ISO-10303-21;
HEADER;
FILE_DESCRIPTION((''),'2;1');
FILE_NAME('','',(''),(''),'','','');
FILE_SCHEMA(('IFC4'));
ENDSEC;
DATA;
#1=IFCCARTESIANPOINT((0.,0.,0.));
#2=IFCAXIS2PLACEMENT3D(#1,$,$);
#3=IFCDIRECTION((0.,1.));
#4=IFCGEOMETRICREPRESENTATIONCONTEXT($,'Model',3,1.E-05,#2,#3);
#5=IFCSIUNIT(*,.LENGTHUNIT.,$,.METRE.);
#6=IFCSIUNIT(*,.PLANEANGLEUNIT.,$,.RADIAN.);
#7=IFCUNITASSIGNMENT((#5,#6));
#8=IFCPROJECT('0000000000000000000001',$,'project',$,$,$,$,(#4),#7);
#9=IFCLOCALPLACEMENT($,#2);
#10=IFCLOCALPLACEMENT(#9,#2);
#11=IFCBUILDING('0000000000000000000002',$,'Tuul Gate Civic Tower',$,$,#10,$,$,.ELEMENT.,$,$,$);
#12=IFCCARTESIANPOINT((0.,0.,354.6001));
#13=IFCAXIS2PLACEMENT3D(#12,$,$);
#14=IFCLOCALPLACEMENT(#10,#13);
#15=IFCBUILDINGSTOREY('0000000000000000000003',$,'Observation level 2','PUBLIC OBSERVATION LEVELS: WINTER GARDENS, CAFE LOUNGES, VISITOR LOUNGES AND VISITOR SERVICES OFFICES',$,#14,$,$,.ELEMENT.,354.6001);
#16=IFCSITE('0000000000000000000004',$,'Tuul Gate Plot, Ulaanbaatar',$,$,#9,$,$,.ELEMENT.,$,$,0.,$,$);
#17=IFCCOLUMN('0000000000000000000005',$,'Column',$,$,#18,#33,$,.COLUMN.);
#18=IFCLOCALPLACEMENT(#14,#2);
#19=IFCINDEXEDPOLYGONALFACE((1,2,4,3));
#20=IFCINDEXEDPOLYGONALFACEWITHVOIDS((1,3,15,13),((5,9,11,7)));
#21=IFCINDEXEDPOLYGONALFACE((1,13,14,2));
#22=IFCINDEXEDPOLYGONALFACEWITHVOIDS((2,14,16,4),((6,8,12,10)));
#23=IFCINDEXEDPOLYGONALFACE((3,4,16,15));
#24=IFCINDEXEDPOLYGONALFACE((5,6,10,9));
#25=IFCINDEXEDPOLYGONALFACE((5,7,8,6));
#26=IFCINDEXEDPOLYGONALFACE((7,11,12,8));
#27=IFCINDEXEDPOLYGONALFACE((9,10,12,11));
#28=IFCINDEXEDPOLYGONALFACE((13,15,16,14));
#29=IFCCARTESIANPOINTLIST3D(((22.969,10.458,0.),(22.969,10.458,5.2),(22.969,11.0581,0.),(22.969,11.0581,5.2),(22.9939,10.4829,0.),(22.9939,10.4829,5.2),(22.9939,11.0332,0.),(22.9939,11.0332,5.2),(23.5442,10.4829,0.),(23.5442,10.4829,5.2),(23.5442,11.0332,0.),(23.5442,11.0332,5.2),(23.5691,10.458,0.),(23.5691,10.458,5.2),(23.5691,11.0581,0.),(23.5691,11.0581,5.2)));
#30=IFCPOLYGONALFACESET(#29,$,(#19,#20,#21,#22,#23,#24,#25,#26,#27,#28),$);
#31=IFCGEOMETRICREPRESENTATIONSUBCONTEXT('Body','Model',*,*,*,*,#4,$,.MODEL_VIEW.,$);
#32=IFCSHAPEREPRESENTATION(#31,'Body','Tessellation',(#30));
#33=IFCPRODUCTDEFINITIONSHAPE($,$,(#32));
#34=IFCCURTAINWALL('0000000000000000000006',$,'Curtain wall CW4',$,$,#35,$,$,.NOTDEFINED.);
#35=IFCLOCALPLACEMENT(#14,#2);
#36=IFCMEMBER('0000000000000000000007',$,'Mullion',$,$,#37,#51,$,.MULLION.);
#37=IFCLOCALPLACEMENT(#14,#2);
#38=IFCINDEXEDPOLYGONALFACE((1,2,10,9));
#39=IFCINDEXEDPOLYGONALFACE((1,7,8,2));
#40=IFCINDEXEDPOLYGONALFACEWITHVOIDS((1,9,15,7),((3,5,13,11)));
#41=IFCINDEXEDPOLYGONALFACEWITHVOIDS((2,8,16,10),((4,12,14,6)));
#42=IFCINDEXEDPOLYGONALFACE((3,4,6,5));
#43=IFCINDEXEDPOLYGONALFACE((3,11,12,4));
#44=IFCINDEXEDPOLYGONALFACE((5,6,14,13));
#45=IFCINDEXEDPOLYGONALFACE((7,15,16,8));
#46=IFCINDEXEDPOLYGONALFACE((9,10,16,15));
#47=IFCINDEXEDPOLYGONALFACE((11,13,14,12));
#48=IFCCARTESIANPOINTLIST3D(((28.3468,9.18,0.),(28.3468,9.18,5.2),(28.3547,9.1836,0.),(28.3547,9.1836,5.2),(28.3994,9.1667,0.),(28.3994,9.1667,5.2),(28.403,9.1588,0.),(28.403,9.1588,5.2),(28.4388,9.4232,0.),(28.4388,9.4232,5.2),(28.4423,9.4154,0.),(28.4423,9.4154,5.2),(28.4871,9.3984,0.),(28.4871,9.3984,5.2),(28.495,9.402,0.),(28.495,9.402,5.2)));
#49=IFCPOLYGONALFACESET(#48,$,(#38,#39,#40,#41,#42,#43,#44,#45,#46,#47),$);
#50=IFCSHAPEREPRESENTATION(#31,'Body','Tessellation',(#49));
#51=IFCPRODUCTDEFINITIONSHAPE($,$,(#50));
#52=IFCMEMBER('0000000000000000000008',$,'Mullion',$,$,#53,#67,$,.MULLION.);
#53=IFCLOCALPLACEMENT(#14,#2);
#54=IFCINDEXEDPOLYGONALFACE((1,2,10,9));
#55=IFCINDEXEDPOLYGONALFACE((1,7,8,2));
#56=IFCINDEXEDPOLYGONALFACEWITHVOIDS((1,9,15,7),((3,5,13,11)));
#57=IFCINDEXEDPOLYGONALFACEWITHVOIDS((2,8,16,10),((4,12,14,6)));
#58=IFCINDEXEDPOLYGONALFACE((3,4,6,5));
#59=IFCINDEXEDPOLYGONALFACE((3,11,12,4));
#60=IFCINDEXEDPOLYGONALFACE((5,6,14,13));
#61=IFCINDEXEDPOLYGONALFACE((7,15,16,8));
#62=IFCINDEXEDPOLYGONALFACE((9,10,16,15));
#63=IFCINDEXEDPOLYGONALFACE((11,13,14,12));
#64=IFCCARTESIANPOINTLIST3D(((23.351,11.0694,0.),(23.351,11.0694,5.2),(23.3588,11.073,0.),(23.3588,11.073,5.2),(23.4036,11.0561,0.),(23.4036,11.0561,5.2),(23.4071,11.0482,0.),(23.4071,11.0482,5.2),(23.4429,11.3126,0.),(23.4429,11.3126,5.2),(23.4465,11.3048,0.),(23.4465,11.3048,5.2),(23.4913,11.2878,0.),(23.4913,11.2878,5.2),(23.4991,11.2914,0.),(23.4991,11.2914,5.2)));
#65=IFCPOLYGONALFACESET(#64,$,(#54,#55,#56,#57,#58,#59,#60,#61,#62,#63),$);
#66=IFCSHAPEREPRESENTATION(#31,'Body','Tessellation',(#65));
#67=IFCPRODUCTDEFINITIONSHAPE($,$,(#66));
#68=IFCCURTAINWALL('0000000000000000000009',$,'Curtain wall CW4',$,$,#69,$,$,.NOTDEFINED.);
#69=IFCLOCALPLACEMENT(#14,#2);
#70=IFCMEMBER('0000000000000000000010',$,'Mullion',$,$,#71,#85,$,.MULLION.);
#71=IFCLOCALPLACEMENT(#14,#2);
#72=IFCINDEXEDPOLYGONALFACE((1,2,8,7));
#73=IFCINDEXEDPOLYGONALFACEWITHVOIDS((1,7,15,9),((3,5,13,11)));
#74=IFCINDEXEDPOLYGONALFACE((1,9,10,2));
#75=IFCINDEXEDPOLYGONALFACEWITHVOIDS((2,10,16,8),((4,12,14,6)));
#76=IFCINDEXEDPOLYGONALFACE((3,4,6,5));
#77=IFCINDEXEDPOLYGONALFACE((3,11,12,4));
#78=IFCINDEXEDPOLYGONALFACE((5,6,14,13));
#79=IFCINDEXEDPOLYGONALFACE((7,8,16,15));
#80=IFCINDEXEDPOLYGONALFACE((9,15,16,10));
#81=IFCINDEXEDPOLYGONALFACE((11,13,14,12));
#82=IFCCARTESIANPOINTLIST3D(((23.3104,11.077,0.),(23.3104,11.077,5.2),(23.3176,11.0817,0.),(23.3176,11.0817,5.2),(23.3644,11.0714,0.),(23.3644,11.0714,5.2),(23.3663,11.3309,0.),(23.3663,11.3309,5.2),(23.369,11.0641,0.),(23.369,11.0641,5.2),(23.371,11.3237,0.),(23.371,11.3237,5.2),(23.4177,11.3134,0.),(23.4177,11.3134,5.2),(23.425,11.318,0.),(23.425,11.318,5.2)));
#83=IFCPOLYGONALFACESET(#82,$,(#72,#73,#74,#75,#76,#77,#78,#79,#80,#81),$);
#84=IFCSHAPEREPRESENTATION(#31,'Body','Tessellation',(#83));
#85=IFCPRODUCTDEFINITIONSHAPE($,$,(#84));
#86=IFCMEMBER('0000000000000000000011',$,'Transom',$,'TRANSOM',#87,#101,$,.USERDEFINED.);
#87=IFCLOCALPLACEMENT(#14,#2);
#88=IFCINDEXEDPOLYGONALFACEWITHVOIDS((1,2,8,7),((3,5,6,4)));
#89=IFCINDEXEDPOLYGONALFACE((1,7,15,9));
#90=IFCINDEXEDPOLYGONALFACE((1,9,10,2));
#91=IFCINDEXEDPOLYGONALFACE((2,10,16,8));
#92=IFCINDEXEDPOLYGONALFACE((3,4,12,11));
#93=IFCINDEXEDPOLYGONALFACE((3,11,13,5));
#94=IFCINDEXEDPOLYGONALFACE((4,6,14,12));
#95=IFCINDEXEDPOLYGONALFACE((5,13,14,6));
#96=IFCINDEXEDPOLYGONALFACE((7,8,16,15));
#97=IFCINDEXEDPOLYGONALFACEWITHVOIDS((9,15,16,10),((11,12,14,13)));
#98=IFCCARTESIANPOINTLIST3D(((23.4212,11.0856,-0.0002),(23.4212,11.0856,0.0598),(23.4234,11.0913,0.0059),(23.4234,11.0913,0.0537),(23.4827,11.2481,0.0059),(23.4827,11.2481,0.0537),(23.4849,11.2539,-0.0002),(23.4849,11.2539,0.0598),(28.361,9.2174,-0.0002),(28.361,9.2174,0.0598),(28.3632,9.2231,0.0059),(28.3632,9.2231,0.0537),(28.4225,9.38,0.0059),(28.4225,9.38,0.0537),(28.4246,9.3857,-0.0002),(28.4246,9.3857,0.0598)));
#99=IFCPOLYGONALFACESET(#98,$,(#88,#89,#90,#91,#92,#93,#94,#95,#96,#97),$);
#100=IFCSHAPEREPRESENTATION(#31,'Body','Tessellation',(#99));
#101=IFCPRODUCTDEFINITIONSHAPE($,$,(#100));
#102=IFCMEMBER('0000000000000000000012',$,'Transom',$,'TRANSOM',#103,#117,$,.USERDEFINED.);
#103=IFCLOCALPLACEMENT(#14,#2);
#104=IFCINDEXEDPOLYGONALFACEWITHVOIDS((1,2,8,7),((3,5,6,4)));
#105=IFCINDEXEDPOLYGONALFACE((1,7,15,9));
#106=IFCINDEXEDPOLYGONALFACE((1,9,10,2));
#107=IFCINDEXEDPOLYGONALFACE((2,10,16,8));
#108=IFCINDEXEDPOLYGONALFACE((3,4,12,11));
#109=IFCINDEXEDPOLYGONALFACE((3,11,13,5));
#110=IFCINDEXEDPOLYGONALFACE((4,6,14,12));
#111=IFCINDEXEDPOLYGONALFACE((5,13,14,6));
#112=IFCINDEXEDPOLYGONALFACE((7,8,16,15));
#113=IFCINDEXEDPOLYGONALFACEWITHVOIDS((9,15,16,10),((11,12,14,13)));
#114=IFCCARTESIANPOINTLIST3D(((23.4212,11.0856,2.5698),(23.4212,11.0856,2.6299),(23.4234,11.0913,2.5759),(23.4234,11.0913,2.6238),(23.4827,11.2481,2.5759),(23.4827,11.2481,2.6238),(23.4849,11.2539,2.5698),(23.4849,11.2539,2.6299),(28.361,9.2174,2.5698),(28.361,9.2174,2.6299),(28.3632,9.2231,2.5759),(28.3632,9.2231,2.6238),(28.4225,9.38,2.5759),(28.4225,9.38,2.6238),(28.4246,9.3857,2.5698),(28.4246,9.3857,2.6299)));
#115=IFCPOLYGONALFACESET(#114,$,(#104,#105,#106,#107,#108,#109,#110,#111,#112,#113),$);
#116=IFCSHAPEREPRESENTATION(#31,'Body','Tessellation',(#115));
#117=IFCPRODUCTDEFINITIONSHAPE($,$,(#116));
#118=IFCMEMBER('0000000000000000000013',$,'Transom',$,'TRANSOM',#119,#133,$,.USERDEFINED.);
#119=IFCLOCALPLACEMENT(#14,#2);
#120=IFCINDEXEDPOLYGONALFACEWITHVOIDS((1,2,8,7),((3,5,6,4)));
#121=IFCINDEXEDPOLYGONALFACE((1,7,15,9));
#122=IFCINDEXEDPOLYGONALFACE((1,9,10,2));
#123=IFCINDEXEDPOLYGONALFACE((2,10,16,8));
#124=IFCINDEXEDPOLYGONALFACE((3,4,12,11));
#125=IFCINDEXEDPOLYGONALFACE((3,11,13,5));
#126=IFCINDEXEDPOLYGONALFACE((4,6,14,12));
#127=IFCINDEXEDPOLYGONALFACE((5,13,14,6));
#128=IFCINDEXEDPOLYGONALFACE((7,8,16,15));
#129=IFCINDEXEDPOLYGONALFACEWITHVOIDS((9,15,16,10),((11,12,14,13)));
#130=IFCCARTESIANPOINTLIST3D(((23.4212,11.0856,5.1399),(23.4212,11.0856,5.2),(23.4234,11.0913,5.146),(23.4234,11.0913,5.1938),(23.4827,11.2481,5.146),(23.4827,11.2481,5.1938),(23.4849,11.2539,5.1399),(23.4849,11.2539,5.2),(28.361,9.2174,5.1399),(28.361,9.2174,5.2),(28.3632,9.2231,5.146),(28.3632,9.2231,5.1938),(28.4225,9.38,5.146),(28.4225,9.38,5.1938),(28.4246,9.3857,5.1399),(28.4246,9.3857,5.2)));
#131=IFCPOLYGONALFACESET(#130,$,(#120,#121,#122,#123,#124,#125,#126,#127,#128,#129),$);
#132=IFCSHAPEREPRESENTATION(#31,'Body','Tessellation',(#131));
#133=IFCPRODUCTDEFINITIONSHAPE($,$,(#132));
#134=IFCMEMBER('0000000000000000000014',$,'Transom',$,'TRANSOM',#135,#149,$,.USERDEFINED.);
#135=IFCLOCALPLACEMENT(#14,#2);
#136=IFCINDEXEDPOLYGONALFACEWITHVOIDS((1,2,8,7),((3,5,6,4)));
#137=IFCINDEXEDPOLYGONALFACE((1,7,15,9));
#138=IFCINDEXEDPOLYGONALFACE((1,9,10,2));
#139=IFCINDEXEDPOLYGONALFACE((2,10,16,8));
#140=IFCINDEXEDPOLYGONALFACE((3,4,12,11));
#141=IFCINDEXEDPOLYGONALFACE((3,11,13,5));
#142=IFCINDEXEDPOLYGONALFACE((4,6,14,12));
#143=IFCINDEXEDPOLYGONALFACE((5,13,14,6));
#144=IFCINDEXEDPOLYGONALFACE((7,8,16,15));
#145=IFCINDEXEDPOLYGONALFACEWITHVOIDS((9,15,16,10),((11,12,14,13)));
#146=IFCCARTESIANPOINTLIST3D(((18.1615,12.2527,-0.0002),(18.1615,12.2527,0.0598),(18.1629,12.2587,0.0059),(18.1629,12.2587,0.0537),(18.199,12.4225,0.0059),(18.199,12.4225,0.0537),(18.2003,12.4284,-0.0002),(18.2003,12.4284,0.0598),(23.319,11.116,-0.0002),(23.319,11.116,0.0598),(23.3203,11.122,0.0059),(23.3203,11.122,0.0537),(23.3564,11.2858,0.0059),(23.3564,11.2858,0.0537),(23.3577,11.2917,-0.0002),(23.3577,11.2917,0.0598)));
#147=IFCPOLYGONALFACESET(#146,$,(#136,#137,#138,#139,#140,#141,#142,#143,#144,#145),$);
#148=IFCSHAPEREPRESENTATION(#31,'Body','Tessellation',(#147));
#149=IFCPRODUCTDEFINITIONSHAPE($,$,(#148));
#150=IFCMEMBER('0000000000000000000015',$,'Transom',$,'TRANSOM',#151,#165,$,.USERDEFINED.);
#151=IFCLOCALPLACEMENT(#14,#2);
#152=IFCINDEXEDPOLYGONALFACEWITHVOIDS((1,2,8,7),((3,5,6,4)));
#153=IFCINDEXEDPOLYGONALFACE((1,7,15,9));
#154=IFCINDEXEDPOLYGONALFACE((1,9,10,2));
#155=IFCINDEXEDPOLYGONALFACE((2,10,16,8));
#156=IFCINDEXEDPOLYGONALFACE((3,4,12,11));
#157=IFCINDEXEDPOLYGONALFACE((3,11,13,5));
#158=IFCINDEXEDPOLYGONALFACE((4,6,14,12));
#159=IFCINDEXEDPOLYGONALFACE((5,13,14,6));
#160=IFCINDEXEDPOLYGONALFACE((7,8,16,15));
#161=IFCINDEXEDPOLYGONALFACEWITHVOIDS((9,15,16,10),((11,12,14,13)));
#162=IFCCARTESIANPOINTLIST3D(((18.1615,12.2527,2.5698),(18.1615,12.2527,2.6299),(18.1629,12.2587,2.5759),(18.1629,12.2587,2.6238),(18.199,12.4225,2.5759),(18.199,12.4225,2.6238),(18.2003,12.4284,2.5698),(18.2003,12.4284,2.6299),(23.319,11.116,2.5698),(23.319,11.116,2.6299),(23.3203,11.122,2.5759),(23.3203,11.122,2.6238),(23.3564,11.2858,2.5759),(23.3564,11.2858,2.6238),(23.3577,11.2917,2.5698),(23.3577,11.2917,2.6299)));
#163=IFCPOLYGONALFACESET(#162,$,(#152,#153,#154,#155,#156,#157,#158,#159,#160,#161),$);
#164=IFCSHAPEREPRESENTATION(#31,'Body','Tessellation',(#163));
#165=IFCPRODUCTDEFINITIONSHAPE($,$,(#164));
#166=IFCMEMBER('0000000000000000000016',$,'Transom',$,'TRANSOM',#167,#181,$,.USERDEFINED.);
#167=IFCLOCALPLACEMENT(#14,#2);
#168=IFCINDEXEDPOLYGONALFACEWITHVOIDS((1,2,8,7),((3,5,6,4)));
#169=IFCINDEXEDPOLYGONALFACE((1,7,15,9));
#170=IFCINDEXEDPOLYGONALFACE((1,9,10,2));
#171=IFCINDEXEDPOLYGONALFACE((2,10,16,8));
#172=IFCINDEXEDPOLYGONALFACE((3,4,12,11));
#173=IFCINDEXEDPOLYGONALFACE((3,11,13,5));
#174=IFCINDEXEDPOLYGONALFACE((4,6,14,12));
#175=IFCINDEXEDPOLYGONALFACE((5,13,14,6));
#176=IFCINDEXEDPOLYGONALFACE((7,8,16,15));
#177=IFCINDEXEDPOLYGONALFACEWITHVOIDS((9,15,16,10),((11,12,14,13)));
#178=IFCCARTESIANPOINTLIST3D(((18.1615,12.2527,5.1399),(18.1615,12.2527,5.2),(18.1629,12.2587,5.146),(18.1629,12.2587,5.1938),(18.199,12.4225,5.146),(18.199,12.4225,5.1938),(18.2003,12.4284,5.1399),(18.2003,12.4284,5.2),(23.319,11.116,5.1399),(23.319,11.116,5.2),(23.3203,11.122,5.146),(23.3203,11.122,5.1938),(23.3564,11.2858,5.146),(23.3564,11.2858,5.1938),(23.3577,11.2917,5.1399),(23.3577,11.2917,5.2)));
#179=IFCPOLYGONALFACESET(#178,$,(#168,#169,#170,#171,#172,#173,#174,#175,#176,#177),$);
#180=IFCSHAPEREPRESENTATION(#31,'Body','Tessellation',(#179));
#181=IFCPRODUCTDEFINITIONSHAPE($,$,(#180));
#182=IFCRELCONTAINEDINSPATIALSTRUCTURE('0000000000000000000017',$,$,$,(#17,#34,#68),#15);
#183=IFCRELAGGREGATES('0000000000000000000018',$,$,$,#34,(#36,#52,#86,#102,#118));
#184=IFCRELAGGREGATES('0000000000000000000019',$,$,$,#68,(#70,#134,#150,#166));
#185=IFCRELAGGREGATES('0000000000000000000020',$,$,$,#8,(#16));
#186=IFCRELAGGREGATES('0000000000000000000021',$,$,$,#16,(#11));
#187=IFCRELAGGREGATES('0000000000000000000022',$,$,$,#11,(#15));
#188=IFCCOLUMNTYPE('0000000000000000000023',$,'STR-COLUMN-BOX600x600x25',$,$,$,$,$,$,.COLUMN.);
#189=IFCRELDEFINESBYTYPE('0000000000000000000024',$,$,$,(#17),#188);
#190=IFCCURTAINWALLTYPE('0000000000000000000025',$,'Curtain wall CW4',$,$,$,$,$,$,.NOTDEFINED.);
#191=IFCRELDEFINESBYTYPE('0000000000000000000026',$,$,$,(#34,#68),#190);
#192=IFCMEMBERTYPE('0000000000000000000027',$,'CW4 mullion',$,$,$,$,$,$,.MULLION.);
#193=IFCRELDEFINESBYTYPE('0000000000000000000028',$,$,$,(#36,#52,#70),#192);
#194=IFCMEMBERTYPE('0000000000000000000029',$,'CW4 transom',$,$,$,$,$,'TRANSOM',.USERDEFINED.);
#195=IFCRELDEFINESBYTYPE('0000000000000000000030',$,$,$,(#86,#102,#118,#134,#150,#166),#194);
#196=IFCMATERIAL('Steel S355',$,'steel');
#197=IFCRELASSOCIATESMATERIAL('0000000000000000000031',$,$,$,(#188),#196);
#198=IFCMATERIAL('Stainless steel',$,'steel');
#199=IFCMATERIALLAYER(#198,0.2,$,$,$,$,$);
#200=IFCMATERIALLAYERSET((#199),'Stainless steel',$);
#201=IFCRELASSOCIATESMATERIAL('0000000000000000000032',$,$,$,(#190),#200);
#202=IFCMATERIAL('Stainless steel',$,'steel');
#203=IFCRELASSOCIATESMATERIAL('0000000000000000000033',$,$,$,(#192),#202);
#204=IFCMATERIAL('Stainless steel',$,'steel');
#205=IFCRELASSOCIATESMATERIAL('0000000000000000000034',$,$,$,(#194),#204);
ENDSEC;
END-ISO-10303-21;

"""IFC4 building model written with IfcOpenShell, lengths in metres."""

from ifc_helpers import new_model, si_unit, direction, frame, origin, origin_2d, place, context, subcontext, project, spatial, hollow_rectangle, extrude, material, layer, layer_set, material_profile, profile_set, type_object, element, aggregate, save


model = new_model("IFC4")

# Units and contexts
model_context = context("Model", 3, precision=1e-05, world=origin(), true_north=direction((0.0, 1.0)))
body_context = subcontext(model_context, "Body", "Model", "MODEL_VIEW")
ifc_project = project(units=[si_unit("LENGTHUNIT", "METRE"), si_unit("PLANEANGLEUNIT", "RADIAN")], contexts=[model_context])

# Site, building, storey
site_placement = place(None, origin())
site = spatial("IfcSite", under=ifc_project, at=site_placement, Name="Tuul Gate Plot, Ulaanbaatar", CompositionType="ELEMENT", RefElevation=0.0)
building_placement = place(site_placement, origin())
building = spatial("IfcBuilding", under=site, at=building_placement, Name="Tuul Gate Civic Tower", CompositionType="ELEMENT")
storey_placement = place(building_placement, frame((0.0, 0.0, 354.6001)))
storey = spatial("IfcBuildingStorey", under=building, at=storey_placement, Name="Observation level 2", Description="PUBLIC OBSERVATION LEVELS: WINTER GARDENS, CAFE LOUNGES, VISITOR LOUNGES AND VISITOR SERVICES OFFICES", CompositionType="ELEMENT", Elevation=354.6001)

# Column
ifc_material_1 = material(Name="Steel S355", Category="steel")
ifc_material_profile_1 = material_profile(ifc_material_1, hollow_rectangle(XDim=0.6001, YDim=0.6001, WallThickness=0.0249, at=origin_2d()), Name="BOX600x600x25")
ifc_profile_set_1 = profile_set([ifc_material_profile_1], Name="Steel S355")
column_type = type_object("IfcColumnType", Name="STR-COLUMN-BOX600x600x25", PredefinedType="COLUMN", material=ifc_profile_set_1)
column_placement = place(storey_placement, frame((23.269, 10.7581, 0.0), z_axis=(0.0, 0.0, 1.0), x_axis=(1.0, 0.0, 0.0)))
element("IfcColumn", 1, at=column_placement, inside=storey, type_object=column_type, Name="Column", PredefinedType="COLUMN", context=body_context, shape_type="SweptSolid", body=[
    extrude(hollow_rectangle(XDim=0.6001, YDim=0.6001, WallThickness=0.0249, at=origin_2d()), origin(), (0.0, 0.0, 1.0), 5.2),
])

# Curtain wall, members
ifc_material_2 = material(Name="Stainless steel", Category="steel")
ifc_layer_1 = layer(ifc_material_2, 0.2)
ifc_layer_set_1 = layer_set([ifc_layer_1], Name="Stainless steel")
curtain_wall_type = type_object("IfcCurtainWallType", Name="Curtain wall CW4", PredefinedType="NOTDEFINED", material=ifc_layer_set_1)
curtain_wall_1_placement = place(storey_placement, origin())
curtain_wall_1 = element("IfcCurtainWall", 2, at=curtain_wall_1_placement, inside=storey, type_object=curtain_wall_type, Name="Curtain wall CW4", PredefinedType="NOTDEFINED")
ifc_material_3 = material(Name="Stainless steel", Category="steel")
ifc_material_profile_2 = material_profile(ifc_material_3, hollow_rectangle(XDim=0.26, YDim=0.0601, WallThickness=0.0061, at=origin_2d()), Name="CW4 mullion")
ifc_profile_set_2 = profile_set([ifc_material_profile_2], Name="Stainless steel")
member_type_1 = type_object("IfcMemberType", Name="CW4 mullion", PredefinedType="MULLION", material=ifc_profile_set_2)
member_1_placement = place(storey_placement, frame((28.4209, 9.291, 0.0), z_axis=(0.0, 0.0, 1.0), x_axis=(-0.353734, -0.935346, 0.0)))
member_1 = element("IfcMember", 3, at=member_1_placement, type_object=member_type_1, Name="Mullion", PredefinedType="MULLION", context=body_context, shape_type="SweptSolid", body=[
    extrude(hollow_rectangle(XDim=0.26, YDim=0.0601, WallThickness=0.0061, at=origin_2d()), origin(), (0.0, 0.0, 1.0), 5.2),
])
member_2_placement = place(storey_placement, frame((23.425, 11.1804, 0.0), z_axis=(0.0, 0.0, 1.0), x_axis=(-0.353734, -0.935346, 0.0)))
member_2 = element("IfcMember", 4, at=member_2_placement, type_object=member_type_1, Name="Mullion", PredefinedType="MULLION", context=body_context, shape_type="SweptSolid", body=[
    extrude(hollow_rectangle(XDim=0.26, YDim=0.0601, WallThickness=0.0061, at=origin_2d()), origin(), (0.0, 0.0, 1.0), 5.2),
])

# Curtain wall, member
curtain_wall_2_placement = place(storey_placement, origin())
curtain_wall_2 = element("IfcCurtainWall", 5, at=curtain_wall_2_placement, inside=storey, type_object=curtain_wall_type, Name="Curtain wall CW4", PredefinedType="NOTDEFINED")
member_3_placement = place(storey_placement, frame((23.3677, 11.1975, 0.0), z_axis=(0.0, 0.0, 1.0), x_axis=(-0.215215, -0.976567, 0.0)))
member_3 = element("IfcMember", 6, at=member_3_placement, type_object=member_type_1, Name="Mullion", PredefinedType="MULLION", context=body_context, shape_type="SweptSolid", body=[
    extrude(hollow_rectangle(XDim=0.26, YDim=0.0601, WallThickness=0.0061, at=origin_2d()), origin(), (0.0, 0.0, 1.0), 5.2),
])

# Members
ifc_material_4 = material(Name="Stainless steel", Category="steel")
ifc_material_profile_3 = material_profile(ifc_material_4, hollow_rectangle(XDim=0.1799, YDim=0.0601, WallThickness=0.0061, at=origin_2d()), Name="CW4 transom")
ifc_profile_set_3 = profile_set([ifc_material_profile_3], Name="Stainless steel")
member_type_2 = type_object("IfcMemberType", Name="CW4 transom", ElementType="TRANSOM", PredefinedType="USERDEFINED", material=ifc_profile_set_3)
member_4_placement = place(storey_placement, frame((28.3928, 9.3015, 0.0298), z_axis=(-0.935343, 0.353741, 0.0), x_axis=(-0.353741, -0.935343, 0.0)))
member_4 = element("IfcMember", 7, at=member_4_placement, type_object=member_type_2, Name="Transom", ObjectType="TRANSOM", PredefinedType="USERDEFINED", context=body_context, shape_type="SweptSolid", body=[
    extrude(hollow_rectangle(XDim=0.1799, YDim=0.0601, WallThickness=0.0061, at=origin_2d()), origin(), (0.0, 0.0, 1.0), 5.2812),
])
member_5_placement = place(storey_placement, frame((28.3928, 9.3015, 2.5999), z_axis=(-0.935343, 0.353741, 0.0), x_axis=(-0.353741, -0.935343, 0.0)))
member_5 = element("IfcMember", 8, at=member_5_placement, type_object=member_type_2, Name="Transom", ObjectType="TRANSOM", PredefinedType="USERDEFINED", context=body_context, shape_type="SweptSolid", body=[
    extrude(hollow_rectangle(XDim=0.1799, YDim=0.0601, WallThickness=0.0061, at=origin_2d()), origin(), (0.0, 0.0, 1.0), 5.2812),
])
member_6_placement = place(storey_placement, frame((28.3928, 9.3015, 5.1699), z_axis=(-0.935343, 0.353741, 0.0), x_axis=(-0.353741, -0.935343, 0.0)))
member_6 = element("IfcMember", 9, at=member_6_placement, type_object=member_type_2, Name="Transom", ObjectType="TRANSOM", PredefinedType="USERDEFINED", context=body_context, shape_type="SweptSolid", body=[
    extrude(hollow_rectangle(XDim=0.1799, YDim=0.0601, WallThickness=0.0061, at=origin_2d()), origin(), (0.0, 0.0, 1.0), 5.2812),
])
member_7_placement = place(storey_placement, frame((23.3384, 11.2039, 0.0298), z_axis=(-0.976562, 0.215237, 0.0), x_axis=(-0.215237, -0.976562, 0.0)))
member_7 = element("IfcMember", 10, at=member_7_placement, type_object=member_type_2, Name="Transom", ObjectType="TRANSOM", PredefinedType="USERDEFINED", context=body_context, shape_type="SweptSolid", body=[
    extrude(hollow_rectangle(XDim=0.1799, YDim=0.0601, WallThickness=0.0061, at=origin_2d()), origin(), (0.0, 0.0, 1.0), 5.2812),
])
member_8_placement = place(storey_placement, frame((23.3384, 11.2039, 2.5999), z_axis=(-0.976562, 0.215237, 0.0), x_axis=(-0.215237, -0.976562, 0.0)))
member_8 = element("IfcMember", 11, at=member_8_placement, type_object=member_type_2, Name="Transom", ObjectType="TRANSOM", PredefinedType="USERDEFINED", context=body_context, shape_type="SweptSolid", body=[
    extrude(hollow_rectangle(XDim=0.1799, YDim=0.0601, WallThickness=0.0061, at=origin_2d()), origin(), (0.0, 0.0, 1.0), 5.2812),
])
member_9_placement = place(storey_placement, frame((23.3384, 11.2039, 5.1699), z_axis=(-0.976562, 0.215237, 0.0), x_axis=(-0.215237, -0.976562, 0.0)))
member_9 = element("IfcMember", 12, at=member_9_placement, type_object=member_type_2, Name="Transom", ObjectType="TRANSOM", PredefinedType="USERDEFINED", context=body_context, shape_type="SweptSolid", body=[
    extrude(hollow_rectangle(XDim=0.1799, YDim=0.0601, WallThickness=0.0061, at=origin_2d()), origin(), (0.0, 0.0, 1.0), 5.2812),
])

aggregate(curtain_wall_1, [member_1, member_2, member_4, member_5, member_6])
aggregate(curtain_wall_2, [member_3, member_7, member_8, member_9])

save(model, "model.ifc")
